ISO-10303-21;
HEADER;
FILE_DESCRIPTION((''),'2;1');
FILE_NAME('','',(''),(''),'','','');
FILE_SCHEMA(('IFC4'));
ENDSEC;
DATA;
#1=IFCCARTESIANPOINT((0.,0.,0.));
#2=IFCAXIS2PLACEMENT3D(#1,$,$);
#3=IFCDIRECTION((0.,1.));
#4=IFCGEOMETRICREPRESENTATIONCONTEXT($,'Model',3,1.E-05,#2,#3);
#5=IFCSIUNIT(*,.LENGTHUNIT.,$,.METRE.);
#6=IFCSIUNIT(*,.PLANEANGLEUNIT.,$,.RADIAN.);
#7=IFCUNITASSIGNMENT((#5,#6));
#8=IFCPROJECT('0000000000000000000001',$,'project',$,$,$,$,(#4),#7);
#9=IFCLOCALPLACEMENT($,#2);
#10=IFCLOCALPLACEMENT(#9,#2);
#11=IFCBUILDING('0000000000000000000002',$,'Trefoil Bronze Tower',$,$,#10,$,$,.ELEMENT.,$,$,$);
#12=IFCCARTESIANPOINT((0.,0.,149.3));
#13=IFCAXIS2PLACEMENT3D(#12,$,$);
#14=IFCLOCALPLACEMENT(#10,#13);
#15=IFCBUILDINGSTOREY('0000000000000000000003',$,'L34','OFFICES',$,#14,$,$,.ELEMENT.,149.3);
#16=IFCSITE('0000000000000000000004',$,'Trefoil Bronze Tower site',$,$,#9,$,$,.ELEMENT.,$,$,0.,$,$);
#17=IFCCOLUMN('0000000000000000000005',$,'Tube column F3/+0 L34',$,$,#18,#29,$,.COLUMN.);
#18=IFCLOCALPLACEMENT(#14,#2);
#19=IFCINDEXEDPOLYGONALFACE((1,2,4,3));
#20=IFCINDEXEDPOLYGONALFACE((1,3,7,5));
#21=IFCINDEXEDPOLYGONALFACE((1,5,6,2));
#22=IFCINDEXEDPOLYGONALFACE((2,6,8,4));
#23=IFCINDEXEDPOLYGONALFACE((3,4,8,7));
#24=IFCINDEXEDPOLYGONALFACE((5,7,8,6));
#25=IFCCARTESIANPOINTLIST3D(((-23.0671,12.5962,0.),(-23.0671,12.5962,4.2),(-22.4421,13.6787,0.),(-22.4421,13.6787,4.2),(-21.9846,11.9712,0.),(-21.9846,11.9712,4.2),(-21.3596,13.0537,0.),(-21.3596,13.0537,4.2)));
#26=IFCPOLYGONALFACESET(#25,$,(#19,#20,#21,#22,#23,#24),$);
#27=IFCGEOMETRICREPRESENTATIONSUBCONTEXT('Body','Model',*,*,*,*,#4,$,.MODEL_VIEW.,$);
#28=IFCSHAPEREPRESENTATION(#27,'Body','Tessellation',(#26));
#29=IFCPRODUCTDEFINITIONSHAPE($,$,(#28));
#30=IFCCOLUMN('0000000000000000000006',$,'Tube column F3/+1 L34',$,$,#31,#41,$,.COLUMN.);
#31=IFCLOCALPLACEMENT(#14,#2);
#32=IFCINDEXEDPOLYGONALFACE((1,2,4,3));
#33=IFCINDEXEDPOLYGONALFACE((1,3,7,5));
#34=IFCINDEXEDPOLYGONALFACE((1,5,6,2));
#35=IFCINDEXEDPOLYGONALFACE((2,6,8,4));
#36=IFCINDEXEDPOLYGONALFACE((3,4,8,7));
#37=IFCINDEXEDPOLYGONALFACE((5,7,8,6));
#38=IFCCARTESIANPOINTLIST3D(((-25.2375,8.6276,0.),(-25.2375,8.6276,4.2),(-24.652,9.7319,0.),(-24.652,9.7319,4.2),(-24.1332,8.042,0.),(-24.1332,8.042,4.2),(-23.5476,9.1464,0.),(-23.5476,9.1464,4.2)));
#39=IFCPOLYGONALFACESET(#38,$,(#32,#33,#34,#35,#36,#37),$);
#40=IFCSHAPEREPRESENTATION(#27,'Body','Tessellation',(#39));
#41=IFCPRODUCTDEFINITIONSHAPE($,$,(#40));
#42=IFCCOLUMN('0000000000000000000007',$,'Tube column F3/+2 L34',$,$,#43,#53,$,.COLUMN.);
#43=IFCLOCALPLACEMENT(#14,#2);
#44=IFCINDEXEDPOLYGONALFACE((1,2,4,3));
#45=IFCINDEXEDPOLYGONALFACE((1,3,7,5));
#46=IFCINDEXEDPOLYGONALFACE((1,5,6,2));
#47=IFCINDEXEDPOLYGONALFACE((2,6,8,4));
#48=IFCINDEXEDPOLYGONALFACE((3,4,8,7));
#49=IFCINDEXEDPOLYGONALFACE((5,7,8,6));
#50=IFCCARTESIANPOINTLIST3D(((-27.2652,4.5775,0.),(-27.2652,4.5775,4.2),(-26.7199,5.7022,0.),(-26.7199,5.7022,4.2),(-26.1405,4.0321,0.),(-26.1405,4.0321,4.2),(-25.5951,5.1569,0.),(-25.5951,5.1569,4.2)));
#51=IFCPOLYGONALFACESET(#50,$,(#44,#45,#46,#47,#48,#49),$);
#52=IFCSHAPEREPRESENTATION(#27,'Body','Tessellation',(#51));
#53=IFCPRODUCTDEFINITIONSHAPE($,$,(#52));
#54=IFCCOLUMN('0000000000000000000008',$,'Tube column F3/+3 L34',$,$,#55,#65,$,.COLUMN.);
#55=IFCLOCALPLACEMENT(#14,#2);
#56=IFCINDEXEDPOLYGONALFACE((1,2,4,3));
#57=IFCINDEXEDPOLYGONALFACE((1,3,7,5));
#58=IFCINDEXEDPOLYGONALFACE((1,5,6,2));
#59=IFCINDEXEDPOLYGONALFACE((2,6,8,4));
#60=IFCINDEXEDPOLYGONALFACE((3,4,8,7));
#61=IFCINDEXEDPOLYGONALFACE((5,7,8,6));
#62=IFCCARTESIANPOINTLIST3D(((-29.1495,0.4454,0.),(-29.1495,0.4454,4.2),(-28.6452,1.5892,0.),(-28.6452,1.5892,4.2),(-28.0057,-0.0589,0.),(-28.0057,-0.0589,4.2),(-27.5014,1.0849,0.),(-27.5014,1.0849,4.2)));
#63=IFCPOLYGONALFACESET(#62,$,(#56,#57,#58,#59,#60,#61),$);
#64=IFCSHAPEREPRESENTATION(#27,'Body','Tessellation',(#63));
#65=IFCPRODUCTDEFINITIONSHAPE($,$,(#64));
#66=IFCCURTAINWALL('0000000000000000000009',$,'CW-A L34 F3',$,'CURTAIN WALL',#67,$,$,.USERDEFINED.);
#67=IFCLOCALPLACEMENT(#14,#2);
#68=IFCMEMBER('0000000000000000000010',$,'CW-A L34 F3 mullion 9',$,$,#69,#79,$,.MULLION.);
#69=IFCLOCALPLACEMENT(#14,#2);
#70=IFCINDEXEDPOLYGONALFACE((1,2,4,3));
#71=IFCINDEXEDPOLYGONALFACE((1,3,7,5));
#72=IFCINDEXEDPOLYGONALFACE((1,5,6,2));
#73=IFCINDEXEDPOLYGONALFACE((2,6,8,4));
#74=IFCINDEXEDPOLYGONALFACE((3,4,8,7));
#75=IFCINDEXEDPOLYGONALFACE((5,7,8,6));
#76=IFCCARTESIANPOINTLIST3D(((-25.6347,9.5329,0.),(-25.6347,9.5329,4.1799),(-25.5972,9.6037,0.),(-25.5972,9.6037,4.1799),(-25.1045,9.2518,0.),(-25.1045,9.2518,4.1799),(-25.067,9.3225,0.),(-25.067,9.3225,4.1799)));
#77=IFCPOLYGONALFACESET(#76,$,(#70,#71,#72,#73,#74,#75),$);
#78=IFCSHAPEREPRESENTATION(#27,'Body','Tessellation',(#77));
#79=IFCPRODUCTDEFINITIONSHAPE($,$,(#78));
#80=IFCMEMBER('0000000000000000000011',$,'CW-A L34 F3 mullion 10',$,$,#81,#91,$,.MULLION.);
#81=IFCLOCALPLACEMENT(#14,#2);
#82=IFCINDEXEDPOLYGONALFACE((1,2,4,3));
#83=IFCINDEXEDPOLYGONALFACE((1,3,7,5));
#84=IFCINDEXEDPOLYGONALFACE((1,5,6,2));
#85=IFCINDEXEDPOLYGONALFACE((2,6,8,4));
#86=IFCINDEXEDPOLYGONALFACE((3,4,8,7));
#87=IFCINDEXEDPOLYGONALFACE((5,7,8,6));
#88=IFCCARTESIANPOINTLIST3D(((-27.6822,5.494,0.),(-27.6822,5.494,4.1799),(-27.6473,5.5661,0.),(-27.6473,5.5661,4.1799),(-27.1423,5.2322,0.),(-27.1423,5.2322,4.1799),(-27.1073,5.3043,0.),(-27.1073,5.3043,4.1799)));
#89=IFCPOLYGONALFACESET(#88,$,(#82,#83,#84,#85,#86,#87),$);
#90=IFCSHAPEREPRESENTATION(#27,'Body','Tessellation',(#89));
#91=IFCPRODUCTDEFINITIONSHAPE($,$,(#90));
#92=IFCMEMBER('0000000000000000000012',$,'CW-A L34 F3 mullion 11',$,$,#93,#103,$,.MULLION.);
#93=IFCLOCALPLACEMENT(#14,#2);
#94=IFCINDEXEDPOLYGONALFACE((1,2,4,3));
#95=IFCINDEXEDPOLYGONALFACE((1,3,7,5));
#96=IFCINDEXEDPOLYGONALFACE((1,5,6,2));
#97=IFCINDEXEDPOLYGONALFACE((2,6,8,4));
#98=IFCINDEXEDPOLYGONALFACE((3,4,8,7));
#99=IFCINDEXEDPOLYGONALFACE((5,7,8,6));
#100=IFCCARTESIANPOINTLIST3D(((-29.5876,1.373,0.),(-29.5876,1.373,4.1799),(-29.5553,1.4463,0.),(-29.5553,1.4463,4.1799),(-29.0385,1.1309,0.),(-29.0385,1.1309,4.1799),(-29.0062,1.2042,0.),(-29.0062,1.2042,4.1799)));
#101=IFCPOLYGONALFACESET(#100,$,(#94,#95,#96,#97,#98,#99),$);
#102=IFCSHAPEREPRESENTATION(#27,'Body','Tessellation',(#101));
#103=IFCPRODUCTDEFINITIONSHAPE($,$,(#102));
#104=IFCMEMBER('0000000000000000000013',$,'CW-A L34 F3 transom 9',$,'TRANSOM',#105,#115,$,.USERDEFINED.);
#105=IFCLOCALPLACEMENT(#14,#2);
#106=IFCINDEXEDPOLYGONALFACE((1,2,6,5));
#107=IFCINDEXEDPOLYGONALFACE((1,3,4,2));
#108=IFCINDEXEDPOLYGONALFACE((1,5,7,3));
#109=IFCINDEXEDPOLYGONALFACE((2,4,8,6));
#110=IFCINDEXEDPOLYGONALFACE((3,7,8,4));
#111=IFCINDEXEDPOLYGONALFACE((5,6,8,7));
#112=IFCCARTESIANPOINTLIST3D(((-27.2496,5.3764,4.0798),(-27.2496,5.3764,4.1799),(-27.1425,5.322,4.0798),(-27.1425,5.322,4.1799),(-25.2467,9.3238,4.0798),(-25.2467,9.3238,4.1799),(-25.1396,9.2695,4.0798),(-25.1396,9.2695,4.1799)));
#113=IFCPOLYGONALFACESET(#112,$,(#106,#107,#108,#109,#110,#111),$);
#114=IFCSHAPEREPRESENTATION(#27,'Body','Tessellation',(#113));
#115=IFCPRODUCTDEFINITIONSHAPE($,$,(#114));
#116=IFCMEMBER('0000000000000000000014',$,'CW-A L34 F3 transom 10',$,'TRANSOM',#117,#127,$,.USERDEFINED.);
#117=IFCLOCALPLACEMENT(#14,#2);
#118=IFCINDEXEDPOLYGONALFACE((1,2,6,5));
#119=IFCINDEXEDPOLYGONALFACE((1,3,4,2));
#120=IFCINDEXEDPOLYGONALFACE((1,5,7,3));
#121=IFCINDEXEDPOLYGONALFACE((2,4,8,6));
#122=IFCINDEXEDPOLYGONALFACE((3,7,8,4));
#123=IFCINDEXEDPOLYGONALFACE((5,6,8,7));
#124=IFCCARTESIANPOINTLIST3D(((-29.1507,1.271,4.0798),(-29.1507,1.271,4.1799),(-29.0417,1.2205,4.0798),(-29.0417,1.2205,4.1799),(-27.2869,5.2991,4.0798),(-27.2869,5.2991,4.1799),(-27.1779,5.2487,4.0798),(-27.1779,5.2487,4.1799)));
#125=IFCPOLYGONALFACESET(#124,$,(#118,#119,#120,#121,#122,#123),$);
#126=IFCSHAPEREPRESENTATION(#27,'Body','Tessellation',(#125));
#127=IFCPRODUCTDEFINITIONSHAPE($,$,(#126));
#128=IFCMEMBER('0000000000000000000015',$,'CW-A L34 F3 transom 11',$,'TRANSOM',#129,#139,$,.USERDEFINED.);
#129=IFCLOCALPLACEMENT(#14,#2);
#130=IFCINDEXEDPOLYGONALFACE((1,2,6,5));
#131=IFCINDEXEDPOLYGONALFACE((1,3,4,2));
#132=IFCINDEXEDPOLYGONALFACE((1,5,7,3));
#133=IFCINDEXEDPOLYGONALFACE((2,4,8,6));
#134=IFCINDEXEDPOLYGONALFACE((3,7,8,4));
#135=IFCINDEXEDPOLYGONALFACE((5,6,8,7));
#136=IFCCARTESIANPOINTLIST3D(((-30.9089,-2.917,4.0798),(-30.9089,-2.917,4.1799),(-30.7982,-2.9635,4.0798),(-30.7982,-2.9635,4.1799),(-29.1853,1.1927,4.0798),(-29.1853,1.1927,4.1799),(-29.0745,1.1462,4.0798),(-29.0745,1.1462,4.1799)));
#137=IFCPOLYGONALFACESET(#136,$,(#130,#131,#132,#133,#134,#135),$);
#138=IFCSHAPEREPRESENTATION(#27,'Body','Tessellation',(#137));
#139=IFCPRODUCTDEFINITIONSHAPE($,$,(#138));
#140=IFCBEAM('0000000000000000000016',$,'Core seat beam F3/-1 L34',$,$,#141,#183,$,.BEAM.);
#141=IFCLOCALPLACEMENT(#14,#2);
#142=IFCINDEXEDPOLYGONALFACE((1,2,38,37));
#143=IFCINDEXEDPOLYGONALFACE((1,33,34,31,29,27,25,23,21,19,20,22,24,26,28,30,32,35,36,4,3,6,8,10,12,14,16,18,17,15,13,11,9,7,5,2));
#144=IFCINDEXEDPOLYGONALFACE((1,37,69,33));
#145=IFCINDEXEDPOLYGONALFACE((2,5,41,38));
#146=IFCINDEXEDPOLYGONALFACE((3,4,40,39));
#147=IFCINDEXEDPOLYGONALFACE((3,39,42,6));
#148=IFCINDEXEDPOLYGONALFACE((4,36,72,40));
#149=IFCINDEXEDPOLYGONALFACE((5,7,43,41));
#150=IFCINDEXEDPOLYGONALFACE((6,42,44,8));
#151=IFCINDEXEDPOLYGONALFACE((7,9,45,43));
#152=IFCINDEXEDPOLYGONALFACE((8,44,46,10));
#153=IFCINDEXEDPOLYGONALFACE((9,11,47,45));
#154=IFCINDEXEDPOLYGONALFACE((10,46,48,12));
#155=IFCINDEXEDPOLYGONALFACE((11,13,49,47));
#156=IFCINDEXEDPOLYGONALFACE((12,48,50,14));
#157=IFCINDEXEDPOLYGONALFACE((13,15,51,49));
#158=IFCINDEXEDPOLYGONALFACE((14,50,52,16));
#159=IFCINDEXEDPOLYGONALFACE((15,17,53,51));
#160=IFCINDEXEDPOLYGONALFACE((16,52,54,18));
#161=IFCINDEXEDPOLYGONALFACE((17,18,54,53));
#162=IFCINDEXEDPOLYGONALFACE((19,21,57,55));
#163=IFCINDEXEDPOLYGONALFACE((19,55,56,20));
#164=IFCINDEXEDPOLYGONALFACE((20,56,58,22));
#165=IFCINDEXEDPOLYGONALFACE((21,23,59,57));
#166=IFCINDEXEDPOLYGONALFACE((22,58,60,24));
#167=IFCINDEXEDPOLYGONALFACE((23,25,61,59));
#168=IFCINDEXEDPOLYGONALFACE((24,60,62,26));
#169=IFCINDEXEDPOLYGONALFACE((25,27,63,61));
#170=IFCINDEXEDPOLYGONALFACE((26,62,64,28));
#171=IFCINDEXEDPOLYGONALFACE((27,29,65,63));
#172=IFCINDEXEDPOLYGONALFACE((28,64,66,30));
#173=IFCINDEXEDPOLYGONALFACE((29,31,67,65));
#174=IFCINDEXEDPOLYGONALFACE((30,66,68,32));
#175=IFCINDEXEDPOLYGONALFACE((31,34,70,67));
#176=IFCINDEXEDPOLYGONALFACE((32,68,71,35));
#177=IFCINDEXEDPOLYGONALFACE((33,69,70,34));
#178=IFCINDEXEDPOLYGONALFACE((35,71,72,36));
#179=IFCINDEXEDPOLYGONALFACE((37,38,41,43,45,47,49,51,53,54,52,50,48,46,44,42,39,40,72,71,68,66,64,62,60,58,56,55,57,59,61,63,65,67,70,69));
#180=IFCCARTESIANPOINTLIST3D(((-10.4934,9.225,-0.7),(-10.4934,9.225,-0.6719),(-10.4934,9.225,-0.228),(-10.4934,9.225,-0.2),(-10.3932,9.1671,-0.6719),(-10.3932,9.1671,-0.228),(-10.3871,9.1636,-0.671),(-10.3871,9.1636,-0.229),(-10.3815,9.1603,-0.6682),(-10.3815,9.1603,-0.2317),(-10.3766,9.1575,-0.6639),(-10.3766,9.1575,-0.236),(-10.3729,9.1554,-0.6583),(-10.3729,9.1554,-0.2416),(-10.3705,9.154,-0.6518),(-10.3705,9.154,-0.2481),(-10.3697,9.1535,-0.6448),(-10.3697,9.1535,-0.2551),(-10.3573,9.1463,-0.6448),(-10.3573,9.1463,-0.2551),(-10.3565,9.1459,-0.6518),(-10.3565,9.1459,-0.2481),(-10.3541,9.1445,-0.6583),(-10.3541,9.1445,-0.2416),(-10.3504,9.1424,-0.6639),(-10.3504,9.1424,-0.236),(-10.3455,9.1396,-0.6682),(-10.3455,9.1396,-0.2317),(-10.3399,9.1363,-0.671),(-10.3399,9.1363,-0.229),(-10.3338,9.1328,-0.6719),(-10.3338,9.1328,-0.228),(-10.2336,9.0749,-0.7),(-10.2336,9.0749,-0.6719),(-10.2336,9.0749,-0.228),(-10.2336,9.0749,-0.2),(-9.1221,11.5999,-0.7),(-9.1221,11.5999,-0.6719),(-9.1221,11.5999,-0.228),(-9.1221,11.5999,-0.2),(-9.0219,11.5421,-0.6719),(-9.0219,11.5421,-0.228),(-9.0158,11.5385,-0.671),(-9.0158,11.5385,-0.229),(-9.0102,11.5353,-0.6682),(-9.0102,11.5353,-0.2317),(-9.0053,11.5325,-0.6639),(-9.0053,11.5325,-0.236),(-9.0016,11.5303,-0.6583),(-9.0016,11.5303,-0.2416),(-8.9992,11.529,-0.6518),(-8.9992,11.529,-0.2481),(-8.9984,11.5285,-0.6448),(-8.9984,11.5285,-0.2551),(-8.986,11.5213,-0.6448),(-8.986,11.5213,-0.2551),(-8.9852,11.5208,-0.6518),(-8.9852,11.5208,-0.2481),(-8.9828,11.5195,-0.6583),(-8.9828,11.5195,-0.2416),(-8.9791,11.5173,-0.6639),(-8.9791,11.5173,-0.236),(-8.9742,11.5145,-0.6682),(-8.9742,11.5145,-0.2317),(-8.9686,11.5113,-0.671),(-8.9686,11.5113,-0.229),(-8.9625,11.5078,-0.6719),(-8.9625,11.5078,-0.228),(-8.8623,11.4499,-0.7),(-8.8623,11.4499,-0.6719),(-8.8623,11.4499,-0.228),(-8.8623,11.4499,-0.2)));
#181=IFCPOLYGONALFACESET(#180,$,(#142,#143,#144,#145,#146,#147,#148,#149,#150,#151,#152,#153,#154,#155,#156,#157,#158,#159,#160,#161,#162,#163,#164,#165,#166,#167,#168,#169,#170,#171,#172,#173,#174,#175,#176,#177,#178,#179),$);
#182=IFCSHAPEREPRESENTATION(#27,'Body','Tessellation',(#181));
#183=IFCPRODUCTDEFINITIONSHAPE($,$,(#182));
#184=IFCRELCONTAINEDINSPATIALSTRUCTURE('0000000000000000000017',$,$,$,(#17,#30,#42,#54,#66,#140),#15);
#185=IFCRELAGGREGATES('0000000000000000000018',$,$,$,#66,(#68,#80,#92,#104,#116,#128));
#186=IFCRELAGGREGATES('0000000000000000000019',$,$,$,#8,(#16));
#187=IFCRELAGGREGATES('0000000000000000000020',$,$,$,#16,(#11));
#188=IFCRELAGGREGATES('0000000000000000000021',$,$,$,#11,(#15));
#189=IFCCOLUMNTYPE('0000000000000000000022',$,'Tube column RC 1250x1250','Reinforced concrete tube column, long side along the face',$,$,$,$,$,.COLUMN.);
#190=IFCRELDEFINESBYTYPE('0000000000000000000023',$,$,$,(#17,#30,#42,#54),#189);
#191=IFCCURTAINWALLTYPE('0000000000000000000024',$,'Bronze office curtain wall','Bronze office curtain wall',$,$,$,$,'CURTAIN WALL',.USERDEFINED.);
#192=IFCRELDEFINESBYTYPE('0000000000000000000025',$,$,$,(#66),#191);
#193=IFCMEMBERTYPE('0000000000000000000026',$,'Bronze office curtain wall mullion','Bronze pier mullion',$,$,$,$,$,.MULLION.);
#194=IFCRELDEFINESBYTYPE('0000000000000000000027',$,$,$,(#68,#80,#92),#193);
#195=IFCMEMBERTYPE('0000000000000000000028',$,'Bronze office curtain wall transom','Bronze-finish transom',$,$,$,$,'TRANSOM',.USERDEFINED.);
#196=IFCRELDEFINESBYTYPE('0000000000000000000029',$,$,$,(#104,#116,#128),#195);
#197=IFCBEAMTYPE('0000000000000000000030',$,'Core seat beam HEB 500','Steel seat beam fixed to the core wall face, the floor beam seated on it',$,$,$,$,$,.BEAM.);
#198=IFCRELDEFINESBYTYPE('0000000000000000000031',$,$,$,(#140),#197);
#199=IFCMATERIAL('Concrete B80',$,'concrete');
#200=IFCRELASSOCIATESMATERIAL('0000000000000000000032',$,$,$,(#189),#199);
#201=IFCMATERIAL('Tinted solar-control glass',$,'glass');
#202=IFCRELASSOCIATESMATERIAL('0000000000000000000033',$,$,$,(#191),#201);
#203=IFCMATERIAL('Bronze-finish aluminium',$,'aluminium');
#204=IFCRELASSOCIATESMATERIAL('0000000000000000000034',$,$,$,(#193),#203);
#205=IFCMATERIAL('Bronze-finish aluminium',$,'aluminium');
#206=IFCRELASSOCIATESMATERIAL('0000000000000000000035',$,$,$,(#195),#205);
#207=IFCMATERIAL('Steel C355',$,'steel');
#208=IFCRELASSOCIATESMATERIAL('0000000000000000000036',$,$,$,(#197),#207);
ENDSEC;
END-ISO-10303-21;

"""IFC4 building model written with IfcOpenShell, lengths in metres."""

from ifc_helpers import new_model, si_unit, direction, frame, origin, origin_2d, place, context, subcontext, project, spatial, rectangle, i_section, extrude, material, material_profile, profile_set, type_object, element, aggregate, save


model = new_model("IFC4")

# Units and contexts
model_context = context("Model", 3, precision=1e-05, world=origin(), true_north=direction((0.0, 1.0)))
body_context = subcontext(model_context, "Body", "Model", "MODEL_VIEW")
ifc_project = project(units=[si_unit("LENGTHUNIT", "METRE"), si_unit("PLANEANGLEUNIT", "RADIAN")], contexts=[model_context])

# Site, building, storey
site_placement = place(None, origin())
site = spatial("IfcSite", under=ifc_project, at=site_placement, Name="Trefoil Bronze Tower site", CompositionType="ELEMENT", RefElevation=0.0)
building_placement = place(site_placement, origin())
building = spatial("IfcBuilding", under=site, at=building_placement, Name="Trefoil Bronze Tower", CompositionType="ELEMENT")
storey_placement = place(building_placement, frame((0.0, 0.0, 149.3)))
storey = spatial("IfcBuildingStorey", under=building, at=storey_placement, Name="L34", Description="OFFICES", CompositionType="ELEMENT", Elevation=149.3)

# Columns
ifc_material_1 = material(Name="Concrete B80", Category="concrete")
ifc_material_profile_1 = material_profile(ifc_material_1, rectangle(XDim=1.25, YDim=1.25, at=origin_2d()), Name="RC 1250x1250")
ifc_profile_set_1 = profile_set([ifc_material_profile_1], Name="Concrete B80")
column_type = type_object("IfcColumnType", Name="Tube column RC 1250x1250", Description="Reinforced concrete tube column, long side along the face", PredefinedType="COLUMN", material=ifc_profile_set_1)
for number, where, z_axis, x_axis, name in (
    (1, (-22.2134, 12.825, 0.0), (0.0, 0.0, 1.0), (-0.5, -0.866025, 0.0), "Tube column F3/+0 L34"),
    (2, (-24.3926, 8.887, 0.0), (0.0, 0.0, 1.0), (-0.468457, -0.883486, 0.0), "Tube column F3/+1 L34"),
    (3, (-26.4302, 4.8672, 0.0), (0.0, 0.0, 1.0), (-0.436262, -0.89982, 0.0), "Tube column F3/+2 L34"),
    (4, (-28.3254, 0.7651, 0.0), (0.0, 0.0, 1.0), (-0.403412, -0.915018, 0.0), "Tube column F3/+3 L34"),
):
    element("IfcColumn", number, at=place(storey_placement, frame(where, z_axis=z_axis, x_axis=x_axis)), inside=storey, type_object=column_type, Name=name, PredefinedType="COLUMN", context=body_context, shape_type="SweptSolid", body=[
        extrude(rectangle(XDim=1.25, YDim=1.25, at=origin_2d()), origin(), (0.0, 0.0, 1.0), 4.2),
    ])

# Curtain wall, members
ifc_material_2 = material(Name="Tinted solar-control glass", Category="glass")
curtain_wall_type = type_object("IfcCurtainWallType", Name="Bronze office curtain wall", Description="Bronze office curtain wall", ElementType="CURTAIN WALL", PredefinedType="USERDEFINED", material=ifc_material_2)
curtain_wall_placement = place(storey_placement, origin())
curtain_wall = element("IfcCurtainWall", 5, at=curtain_wall_placement, inside=storey, type_object=curtain_wall_type, Name="CW-A L34 F3", ObjectType="CURTAIN WALL", PredefinedType="USERDEFINED")
ifc_material_3 = material(Name="Bronze-finish aluminium", Category="aluminium")
ifc_material_profile_2 = material_profile(ifc_material_3, rectangle(XDim=0.6001, YDim=0.0801, at=origin_2d()), Name="CW-A mullion")
ifc_profile_set_2 = profile_set([ifc_material_profile_2], Name="Bronze-finish aluminium")
member_type_1 = type_object("IfcMemberType", Name="Bronze office curtain wall mullion", Description="Bronze pier mullion", PredefinedType="MULLION", material=ifc_profile_set_2)
member_1_placement = place(storey_placement, frame((-25.3508, 9.4277, 0.0), z_axis=(0.0, 0.0, 1.0), x_axis=(0.883486, -0.468457, 0.0)))
member_1 = element("IfcMember", 6, at=member_1_placement, type_object=member_type_1, Name="CW-A L34 F3 mullion 9", PredefinedType="MULLION", context=body_context, shape_type="SweptSolid", body=[
    extrude(rectangle(XDim=0.6001, YDim=0.0801, at=origin_2d()), origin(), (0.0, 0.0, 1.0), 4.1799),
])
member_2_placement = place(storey_placement, frame((-27.3948, 5.3992, 0.0), z_axis=(0.0, 0.0, 1.0), x_axis=(0.89982, -0.436262, 0.0)))
member_2 = element("IfcMember", 7, at=member_2_placement, type_object=member_type_1, Name="CW-A L34 F3 mullion 10", PredefinedType="MULLION", context=body_context, shape_type="SweptSolid", body=[
    extrude(rectangle(XDim=0.6001, YDim=0.0801, at=origin_2d()), origin(), (0.0, 0.0, 1.0), 4.1799),
])
member_3_placement = place(storey_placement, frame((-29.2969, 1.2886, 0.0), z_axis=(0.0, 0.0, 1.0), x_axis=(0.915018, -0.403412, 0.0)))
member_3 = element("IfcMember", 8, at=member_3_placement, type_object=member_type_1, Name="CW-A L34 F3 mullion 11", PredefinedType="MULLION", context=body_context, shape_type="SweptSolid", body=[
    extrude(rectangle(XDim=0.6001, YDim=0.0801, at=origin_2d()), origin(), (0.0, 0.0, 1.0), 4.1799),
])
ifc_material_4 = material(Name="Bronze-finish aluminium", Category="aluminium")
ifc_material_profile_3 = material_profile(ifc_material_4, rectangle(XDim=0.1201, YDim=0.1001, at=origin_2d()), Name="CW-A transom")
ifc_profile_set_3 = profile_set([ifc_material_profile_3], Name="Bronze-finish aluminium")
member_type_2 = type_object("IfcMemberType", Name="Bronze office curtain wall transom", Description="Bronze-finish transom", ElementType="TRANSOM", PredefinedType="USERDEFINED", material=ifc_profile_set_3)
member_4_placement = place(storey_placement, frame((-25.1931, 9.2966, 4.1299), z_axis=(-0.452478, -0.891775, 0.0), x_axis=(0.891775, -0.452478, 0.0)))
member_4 = element("IfcMember", 9, at=member_4_placement, type_object=member_type_2, Name="CW-A L34 F3 transom 9", ObjectType="TRANSOM", PredefinedType="USERDEFINED", context=body_context, shape_type="SweptSolid", body=[
    extrude(rectangle(XDim=0.1201, YDim=0.1001, at=origin_2d()), origin(), (0.0, 0.0, 1.0), 4.4265),
])
member_5_placement = place(storey_placement, frame((-27.2324, 5.2739, 4.1299), z_axis=(-0.419923, -0.90756, 0.0), x_axis=(0.90756, -0.419923, 0.0)))
member_5 = element("IfcMember", 10, at=member_5_placement, type_object=member_type_2, Name="CW-A L34 F3 transom 10", ObjectType="TRANSOM", PredefinedType="USERDEFINED", context=body_context, shape_type="SweptSolid", body=[
    extrude(rectangle(XDim=0.1201, YDim=0.1001, at=origin_2d()), origin(), (0.0, 0.0, 1.0), 4.4385),
])
member_6_placement = place(storey_placement, frame((-29.1299, 1.1694, 4.1299), z_axis=(-0.386773, -0.922175, 0.0), x_axis=(0.922175, -0.386773, 0.0)))
member_6 = element("IfcMember", 11, at=member_6_placement, type_object=member_type_2, Name="CW-A L34 F3 transom 11", ObjectType="TRANSOM", PredefinedType="USERDEFINED", context=body_context, shape_type="SweptSolid", body=[
    extrude(rectangle(XDim=0.1201, YDim=0.1001, at=origin_2d()), origin(), (0.0, 0.0, 1.0), 4.4565),
])

# Beam
ifc_material_5 = material(Name="Steel C355", Category="steel")
ifc_material_profile_4 = material_profile(ifc_material_5, i_section(OverallWidth=0.3, OverallDepth=0.5, WebThickness=0.0144, FlangeThickness=0.0281, FilletRadius=0.0271, at=origin_2d()), Name="HEB 500")
ifc_profile_set_4 = profile_set([ifc_material_profile_4], Name="Steel C355")
beam_type_1 = type_object("IfcBeamType", Name="Core seat beam HEB 500", Description="Steel seat beam fixed to the core wall face, the floor beam seated on it", PredefinedType="BEAM", material=ifc_profile_set_4)
for number, where, z_axis, x_axis, name in (
    (12, (-8.9922, 11.5249, -0.45), (-0.500036, -0.866005, 0.0), (0.866005, -0.500036, 0.0), "Core seat beam F3/-1 L34"),
):
    element("IfcBeam", number, at=place(storey_placement, frame(where, z_axis=z_axis, x_axis=x_axis)), inside=storey, type_object=beam_type_1, Name=name, PredefinedType="BEAM", context=body_context, shape_type="SweptSolid", body=[
        extrude(i_section(OverallWidth=0.3, OverallDepth=0.5, WebThickness=0.0144, FlangeThickness=0.0281, FilletRadius=0.0271, at=origin_2d()), origin(), (0.0, 0.0, 1.0), 2.7424),
    ])

aggregate(curtain_wall, [member_1, member_2, member_3, member_4, member_5, member_6])

save(model, "model.ifc")
